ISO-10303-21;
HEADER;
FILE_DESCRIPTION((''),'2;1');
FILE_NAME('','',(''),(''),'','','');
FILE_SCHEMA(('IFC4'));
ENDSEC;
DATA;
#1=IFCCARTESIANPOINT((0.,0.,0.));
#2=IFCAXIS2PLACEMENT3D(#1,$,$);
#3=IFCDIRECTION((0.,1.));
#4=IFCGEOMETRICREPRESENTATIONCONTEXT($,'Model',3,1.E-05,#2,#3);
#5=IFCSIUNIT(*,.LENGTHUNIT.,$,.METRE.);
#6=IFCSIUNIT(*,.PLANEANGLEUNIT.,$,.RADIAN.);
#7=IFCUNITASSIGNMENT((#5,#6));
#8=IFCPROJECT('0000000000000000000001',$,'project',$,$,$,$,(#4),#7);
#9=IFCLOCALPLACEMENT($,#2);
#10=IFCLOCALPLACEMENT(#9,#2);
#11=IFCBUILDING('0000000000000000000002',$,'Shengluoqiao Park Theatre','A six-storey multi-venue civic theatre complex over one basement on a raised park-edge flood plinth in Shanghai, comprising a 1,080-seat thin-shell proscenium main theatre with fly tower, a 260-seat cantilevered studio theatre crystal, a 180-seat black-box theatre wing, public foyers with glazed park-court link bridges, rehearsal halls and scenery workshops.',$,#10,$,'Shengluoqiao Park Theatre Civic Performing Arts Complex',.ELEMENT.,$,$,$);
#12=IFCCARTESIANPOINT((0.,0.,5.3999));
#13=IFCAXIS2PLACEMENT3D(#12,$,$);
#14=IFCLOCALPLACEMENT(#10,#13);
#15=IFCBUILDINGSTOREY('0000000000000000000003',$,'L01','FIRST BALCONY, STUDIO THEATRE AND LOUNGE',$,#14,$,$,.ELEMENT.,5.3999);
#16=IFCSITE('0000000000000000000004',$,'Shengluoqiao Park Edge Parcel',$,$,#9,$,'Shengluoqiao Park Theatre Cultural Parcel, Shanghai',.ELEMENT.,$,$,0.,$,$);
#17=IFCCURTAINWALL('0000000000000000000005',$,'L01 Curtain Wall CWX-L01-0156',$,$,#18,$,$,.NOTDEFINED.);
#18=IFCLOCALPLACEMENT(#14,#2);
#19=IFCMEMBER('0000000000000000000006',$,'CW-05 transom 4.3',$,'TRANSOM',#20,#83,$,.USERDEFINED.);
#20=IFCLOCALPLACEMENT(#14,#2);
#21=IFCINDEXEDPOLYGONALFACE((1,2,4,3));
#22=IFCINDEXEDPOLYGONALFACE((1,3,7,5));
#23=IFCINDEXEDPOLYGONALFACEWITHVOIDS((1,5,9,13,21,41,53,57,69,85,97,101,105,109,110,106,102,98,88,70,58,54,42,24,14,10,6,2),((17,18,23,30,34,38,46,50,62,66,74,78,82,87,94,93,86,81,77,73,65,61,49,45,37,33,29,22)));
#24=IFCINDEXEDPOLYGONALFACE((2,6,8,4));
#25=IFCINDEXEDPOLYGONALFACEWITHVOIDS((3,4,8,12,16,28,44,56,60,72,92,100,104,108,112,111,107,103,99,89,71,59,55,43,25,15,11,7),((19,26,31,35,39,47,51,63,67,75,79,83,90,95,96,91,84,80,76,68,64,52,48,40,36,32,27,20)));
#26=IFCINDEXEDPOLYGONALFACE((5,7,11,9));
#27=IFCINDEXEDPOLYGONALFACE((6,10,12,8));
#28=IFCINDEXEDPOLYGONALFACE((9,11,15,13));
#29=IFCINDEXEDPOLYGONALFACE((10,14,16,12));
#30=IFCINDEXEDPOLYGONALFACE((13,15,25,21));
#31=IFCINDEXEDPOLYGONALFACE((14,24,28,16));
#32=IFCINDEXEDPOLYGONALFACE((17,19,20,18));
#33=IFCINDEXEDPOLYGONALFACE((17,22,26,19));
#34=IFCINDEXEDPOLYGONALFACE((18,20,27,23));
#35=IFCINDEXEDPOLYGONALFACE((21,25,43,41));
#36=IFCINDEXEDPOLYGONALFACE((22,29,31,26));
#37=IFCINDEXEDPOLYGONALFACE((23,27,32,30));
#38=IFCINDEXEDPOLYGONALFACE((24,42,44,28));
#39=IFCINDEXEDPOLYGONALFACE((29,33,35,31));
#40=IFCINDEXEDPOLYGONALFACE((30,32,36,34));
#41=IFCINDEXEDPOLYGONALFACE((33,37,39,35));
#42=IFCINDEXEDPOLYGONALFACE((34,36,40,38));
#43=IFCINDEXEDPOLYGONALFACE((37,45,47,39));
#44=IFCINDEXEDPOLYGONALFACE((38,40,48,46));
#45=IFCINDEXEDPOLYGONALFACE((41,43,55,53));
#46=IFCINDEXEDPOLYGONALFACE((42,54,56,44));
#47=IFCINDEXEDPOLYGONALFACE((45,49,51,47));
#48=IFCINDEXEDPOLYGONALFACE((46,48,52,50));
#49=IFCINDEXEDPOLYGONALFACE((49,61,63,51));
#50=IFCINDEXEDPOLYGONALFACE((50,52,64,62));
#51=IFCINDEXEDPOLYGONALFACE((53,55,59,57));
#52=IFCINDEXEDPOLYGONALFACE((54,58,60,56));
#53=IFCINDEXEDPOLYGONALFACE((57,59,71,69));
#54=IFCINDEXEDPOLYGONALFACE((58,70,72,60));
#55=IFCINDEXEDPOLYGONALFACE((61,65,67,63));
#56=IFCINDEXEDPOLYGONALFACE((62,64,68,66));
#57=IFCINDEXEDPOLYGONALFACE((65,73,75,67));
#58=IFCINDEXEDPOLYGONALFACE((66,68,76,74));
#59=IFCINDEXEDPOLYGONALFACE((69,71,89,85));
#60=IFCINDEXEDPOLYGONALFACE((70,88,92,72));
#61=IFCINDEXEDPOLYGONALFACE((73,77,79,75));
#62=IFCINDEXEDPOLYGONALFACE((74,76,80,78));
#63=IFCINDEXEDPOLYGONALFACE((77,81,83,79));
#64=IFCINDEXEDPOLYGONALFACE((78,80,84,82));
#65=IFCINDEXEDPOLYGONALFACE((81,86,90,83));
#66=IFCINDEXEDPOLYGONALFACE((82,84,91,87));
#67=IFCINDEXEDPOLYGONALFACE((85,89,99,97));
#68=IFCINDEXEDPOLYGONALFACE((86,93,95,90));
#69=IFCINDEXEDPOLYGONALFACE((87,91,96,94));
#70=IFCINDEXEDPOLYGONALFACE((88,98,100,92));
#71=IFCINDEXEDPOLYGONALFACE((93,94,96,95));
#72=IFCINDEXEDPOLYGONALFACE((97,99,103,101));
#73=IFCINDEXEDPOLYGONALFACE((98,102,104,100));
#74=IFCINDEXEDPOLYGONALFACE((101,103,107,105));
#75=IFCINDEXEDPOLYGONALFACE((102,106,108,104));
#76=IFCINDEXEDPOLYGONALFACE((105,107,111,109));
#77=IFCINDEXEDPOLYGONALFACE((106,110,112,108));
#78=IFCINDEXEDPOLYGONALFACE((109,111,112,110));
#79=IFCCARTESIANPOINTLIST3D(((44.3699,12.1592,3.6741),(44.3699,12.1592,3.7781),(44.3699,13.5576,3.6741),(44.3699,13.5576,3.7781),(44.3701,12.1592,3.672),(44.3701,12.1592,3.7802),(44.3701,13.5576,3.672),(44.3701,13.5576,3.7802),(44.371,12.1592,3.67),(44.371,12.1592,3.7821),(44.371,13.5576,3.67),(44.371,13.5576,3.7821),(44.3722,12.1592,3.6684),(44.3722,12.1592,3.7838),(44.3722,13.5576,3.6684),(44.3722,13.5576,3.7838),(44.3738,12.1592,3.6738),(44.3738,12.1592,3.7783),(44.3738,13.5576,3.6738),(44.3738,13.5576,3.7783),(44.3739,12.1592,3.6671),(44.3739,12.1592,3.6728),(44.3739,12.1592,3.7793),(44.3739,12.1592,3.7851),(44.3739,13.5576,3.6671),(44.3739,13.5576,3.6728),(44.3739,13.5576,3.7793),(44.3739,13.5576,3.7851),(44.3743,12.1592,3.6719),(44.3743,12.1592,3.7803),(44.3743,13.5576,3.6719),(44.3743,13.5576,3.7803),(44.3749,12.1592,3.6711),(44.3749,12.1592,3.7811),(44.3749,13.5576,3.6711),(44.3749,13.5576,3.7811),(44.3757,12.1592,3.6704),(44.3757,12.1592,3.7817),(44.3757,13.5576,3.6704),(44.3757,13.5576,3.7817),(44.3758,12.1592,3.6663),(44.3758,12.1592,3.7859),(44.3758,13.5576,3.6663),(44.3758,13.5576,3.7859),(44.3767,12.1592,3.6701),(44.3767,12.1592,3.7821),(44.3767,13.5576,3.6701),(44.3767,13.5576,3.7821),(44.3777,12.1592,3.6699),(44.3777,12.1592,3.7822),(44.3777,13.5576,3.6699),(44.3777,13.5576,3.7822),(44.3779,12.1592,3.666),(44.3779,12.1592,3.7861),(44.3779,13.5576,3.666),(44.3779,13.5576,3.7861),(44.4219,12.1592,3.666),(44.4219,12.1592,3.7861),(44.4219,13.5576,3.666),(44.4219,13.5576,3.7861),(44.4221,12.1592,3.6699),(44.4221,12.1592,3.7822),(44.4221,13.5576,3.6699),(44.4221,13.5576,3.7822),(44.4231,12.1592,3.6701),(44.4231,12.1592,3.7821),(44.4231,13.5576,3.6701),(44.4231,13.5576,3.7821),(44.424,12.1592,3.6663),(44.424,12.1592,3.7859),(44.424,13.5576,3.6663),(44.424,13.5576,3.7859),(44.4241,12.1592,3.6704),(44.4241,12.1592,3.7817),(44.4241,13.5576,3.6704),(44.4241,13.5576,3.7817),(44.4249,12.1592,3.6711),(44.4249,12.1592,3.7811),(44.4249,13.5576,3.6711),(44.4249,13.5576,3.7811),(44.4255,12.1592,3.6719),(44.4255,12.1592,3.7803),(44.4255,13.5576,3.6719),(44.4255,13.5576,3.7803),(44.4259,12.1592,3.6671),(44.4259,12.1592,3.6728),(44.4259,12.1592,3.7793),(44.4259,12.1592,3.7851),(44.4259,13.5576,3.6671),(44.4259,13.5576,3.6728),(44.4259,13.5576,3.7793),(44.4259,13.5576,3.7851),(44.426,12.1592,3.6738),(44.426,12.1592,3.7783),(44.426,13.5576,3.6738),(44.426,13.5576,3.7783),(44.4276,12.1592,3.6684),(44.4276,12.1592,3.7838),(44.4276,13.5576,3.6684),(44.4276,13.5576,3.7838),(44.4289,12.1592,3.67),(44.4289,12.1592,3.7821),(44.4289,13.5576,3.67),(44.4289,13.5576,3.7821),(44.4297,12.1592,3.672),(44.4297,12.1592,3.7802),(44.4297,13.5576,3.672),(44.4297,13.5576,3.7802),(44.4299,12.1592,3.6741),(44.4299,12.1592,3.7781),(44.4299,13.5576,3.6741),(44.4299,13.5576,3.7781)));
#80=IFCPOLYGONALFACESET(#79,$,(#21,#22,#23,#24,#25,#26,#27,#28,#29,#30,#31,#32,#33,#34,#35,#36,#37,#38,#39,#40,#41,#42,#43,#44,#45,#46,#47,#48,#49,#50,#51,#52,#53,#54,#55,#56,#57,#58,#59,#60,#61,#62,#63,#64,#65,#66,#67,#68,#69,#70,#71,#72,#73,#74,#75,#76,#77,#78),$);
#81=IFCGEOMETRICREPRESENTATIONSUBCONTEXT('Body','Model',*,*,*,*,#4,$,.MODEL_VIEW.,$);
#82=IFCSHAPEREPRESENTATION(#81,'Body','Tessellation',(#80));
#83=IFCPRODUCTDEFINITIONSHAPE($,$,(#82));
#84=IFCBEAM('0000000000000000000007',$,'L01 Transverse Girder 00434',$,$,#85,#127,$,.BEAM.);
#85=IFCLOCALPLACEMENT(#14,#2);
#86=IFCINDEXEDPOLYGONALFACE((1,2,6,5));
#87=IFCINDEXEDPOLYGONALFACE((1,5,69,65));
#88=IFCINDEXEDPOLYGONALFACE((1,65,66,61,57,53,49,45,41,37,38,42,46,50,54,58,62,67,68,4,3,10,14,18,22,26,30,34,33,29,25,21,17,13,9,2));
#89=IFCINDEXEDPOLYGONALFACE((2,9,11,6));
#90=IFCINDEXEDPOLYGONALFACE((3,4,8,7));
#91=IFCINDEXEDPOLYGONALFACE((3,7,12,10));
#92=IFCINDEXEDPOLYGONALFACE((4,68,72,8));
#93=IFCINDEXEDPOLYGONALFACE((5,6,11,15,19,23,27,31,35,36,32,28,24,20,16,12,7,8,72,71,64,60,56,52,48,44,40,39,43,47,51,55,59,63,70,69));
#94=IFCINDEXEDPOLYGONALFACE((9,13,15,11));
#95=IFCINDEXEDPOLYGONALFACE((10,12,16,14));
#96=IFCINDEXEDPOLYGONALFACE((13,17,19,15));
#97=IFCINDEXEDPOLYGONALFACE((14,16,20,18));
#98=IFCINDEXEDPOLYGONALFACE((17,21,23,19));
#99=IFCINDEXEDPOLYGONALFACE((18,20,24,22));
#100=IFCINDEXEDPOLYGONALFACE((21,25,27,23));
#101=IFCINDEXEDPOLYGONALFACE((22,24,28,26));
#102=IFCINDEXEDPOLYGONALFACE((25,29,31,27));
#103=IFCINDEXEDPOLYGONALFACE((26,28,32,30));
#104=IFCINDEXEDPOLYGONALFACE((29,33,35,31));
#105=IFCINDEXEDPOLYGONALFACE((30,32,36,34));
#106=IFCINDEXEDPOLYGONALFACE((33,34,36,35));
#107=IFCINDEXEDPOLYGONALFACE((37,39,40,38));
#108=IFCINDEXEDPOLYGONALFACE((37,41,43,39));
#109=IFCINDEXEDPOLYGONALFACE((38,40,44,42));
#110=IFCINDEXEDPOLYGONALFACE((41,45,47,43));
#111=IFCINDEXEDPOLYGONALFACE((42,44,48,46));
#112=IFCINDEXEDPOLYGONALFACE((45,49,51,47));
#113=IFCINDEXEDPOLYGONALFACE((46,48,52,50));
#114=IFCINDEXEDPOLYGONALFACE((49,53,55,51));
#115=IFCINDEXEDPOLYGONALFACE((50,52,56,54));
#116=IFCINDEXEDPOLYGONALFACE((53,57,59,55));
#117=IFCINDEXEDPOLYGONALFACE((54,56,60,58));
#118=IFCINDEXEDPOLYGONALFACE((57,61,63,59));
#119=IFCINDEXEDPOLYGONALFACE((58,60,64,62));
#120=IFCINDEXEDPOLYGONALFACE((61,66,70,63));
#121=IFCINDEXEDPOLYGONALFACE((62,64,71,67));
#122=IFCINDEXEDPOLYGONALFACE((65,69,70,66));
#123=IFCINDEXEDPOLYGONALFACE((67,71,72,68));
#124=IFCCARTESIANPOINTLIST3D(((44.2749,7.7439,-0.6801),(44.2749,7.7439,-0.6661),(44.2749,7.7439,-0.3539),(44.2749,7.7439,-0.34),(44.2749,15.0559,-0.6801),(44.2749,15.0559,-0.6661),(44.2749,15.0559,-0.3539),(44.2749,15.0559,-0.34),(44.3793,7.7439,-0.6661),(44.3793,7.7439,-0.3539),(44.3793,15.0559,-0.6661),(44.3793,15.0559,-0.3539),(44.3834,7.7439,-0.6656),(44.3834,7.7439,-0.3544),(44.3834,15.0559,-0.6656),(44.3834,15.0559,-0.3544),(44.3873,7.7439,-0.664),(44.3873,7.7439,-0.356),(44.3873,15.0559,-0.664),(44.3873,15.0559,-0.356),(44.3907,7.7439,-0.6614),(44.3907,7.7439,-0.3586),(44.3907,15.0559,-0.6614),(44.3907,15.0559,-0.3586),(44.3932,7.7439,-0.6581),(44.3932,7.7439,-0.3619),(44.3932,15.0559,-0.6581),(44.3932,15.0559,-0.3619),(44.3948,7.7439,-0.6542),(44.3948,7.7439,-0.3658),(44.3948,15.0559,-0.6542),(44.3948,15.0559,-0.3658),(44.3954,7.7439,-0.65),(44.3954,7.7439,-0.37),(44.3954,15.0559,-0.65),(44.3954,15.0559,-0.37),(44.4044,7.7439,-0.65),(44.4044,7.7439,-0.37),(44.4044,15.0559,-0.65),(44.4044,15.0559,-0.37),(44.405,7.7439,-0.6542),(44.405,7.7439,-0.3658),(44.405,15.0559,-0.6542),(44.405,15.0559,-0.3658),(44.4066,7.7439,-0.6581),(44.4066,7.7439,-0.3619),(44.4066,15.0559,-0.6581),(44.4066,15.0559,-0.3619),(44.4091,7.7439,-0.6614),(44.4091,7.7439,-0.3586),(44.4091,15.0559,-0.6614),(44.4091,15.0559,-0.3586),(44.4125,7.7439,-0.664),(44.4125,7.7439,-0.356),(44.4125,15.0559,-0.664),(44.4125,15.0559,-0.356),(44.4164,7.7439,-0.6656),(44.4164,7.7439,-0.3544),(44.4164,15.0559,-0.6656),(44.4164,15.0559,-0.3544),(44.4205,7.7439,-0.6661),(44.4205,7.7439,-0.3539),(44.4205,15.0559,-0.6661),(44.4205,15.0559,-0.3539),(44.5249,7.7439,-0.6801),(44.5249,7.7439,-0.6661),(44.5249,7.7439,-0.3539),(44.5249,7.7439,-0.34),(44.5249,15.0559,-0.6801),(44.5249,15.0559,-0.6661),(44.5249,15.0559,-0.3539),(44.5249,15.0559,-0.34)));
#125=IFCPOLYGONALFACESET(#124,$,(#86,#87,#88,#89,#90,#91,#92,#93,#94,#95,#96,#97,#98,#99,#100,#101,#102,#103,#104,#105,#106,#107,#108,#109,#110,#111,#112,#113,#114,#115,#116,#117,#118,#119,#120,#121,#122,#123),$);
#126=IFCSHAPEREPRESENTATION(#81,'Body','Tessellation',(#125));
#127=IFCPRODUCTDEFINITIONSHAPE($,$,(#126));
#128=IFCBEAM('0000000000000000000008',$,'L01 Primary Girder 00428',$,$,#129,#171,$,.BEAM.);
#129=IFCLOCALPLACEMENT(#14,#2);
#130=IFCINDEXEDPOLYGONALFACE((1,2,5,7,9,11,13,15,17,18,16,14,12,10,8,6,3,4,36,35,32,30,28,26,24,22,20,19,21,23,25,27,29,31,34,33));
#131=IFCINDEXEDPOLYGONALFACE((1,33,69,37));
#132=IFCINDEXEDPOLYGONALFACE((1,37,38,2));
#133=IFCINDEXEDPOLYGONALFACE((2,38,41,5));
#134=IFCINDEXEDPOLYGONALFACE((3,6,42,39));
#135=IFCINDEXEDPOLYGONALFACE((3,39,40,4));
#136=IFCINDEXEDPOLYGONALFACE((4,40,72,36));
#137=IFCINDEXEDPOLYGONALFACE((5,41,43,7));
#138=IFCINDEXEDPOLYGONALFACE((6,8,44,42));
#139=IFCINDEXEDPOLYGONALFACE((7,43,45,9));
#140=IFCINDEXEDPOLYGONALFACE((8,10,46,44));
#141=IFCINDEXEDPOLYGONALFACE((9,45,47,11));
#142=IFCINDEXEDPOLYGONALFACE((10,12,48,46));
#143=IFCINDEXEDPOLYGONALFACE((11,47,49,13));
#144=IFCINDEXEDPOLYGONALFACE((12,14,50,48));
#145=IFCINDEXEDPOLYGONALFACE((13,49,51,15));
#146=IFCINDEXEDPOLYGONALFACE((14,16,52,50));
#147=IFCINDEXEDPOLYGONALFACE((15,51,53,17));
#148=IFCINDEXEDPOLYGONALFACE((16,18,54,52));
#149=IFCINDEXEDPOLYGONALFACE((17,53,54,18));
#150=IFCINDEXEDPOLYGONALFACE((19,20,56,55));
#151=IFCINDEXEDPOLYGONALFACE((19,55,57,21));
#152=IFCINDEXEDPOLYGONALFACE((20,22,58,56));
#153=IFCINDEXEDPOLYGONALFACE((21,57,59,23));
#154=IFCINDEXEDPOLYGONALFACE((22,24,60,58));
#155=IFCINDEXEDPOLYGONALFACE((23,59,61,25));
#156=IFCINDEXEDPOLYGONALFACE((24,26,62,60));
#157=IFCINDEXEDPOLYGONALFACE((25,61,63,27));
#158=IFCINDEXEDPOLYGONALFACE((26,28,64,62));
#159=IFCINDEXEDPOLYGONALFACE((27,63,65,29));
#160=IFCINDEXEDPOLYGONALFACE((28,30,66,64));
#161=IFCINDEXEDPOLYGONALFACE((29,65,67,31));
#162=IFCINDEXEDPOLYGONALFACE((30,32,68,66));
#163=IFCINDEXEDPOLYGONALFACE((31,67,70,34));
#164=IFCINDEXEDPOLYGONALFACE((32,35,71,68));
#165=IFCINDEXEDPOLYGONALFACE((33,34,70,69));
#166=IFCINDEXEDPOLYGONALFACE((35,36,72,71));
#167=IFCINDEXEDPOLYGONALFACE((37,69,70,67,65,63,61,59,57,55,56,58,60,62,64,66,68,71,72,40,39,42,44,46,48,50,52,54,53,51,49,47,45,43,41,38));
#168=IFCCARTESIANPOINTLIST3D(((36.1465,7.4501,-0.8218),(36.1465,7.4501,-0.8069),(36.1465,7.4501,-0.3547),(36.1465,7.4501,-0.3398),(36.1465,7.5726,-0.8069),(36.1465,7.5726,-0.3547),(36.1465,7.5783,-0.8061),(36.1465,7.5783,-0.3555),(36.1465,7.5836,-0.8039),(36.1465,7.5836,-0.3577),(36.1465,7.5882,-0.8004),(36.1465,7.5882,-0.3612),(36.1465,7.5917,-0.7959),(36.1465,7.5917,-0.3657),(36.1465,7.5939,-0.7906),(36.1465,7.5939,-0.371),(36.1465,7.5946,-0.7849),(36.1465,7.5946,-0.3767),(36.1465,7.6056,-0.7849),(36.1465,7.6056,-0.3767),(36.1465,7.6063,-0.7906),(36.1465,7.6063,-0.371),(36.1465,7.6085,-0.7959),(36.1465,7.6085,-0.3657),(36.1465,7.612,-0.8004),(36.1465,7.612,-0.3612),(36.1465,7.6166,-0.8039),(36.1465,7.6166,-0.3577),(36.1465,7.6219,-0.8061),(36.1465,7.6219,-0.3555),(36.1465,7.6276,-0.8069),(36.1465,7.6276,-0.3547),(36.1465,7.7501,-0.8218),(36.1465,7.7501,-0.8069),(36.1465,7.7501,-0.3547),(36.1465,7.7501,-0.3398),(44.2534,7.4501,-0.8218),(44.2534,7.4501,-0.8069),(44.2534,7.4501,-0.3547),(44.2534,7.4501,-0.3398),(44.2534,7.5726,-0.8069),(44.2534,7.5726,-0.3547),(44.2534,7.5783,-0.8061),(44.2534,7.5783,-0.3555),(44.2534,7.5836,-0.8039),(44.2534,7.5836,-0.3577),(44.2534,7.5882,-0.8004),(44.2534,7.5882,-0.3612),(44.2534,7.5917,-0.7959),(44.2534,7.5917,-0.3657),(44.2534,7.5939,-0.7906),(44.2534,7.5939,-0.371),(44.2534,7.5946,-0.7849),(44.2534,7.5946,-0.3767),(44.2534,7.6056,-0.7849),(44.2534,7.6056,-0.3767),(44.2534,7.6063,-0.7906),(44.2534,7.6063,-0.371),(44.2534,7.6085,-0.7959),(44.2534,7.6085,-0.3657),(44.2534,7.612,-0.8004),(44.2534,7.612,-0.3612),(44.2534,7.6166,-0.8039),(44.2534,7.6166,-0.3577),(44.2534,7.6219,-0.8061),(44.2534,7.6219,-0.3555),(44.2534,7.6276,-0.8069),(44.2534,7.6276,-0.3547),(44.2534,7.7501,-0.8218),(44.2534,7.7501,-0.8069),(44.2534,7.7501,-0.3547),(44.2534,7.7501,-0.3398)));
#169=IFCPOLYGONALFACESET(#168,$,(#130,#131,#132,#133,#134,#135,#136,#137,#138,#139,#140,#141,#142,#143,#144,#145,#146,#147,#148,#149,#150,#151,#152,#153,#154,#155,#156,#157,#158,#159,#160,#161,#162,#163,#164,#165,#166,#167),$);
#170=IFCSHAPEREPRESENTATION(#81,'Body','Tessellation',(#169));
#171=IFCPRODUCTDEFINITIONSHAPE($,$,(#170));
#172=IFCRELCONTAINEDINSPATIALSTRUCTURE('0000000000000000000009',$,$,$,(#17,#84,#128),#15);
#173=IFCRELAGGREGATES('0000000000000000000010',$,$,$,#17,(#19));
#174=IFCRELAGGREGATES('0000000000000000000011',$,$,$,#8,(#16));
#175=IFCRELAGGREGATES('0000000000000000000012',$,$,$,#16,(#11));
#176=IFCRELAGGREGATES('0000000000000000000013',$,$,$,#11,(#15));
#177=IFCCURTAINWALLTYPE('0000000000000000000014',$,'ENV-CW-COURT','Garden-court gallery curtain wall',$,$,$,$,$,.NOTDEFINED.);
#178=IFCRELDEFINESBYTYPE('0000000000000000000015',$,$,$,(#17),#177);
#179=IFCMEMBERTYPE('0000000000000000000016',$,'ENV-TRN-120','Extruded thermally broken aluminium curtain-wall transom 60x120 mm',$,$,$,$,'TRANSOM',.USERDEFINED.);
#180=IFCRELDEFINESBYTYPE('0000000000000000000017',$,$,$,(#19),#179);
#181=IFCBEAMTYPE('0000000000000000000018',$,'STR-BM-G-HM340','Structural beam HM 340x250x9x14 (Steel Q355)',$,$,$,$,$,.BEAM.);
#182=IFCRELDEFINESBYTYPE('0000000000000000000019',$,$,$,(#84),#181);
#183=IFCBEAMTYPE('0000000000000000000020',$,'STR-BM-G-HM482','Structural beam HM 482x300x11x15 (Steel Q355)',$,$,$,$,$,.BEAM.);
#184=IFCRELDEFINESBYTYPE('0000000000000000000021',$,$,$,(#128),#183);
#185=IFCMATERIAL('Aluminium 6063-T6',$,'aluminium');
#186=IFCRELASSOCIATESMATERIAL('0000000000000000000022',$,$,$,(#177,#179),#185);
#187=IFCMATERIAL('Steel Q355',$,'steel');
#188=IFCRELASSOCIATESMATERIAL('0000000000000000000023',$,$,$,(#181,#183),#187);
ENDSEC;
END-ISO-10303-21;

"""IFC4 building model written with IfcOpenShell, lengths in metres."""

from ifc_helpers import new_model, si_unit, direction, frame, origin, origin_2d, place, context, subcontext, project, spatial, hollow_rectangle, i_section, extrude, material, material_profile, profile_set, type_object, element, aggregate, save


model = new_model("IFC4")

# Units and contexts
model_context = context("Model", 3, precision=1e-05, world=origin(), true_north=direction((0.0, 1.0)))
body_context = subcontext(model_context, "Body", "Model", "MODEL_VIEW")
ifc_project = project(units=[si_unit("LENGTHUNIT", "METRE"), si_unit("PLANEANGLEUNIT", "RADIAN")], contexts=[model_context])

# Site, building, storey
site_placement = place(None, origin())
site = spatial("IfcSite", under=ifc_project, at=site_placement, Name="Shengluoqiao Park Edge Parcel", LongName="Shengluoqiao Park Theatre Cultural Parcel, Shanghai", CompositionType="ELEMENT", RefElevation=0.0)
building_placement = place(site_placement, origin())
building = spatial("IfcBuilding", under=site, at=building_placement, Name="Shengluoqiao Park Theatre", Description="A six-storey multi-venue civic theatre complex over one basement on a raised park-edge flood plinth in Shanghai, comprising a 1,080-seat thin-shell proscenium main theatre with fly tower, a 260-seat cantilevered studio theatre crystal, a 180-seat black-box theatre wing, public foyers with glazed park-court link bridges, rehearsal halls and scenery workshops.", LongName="Shengluoqiao Park Theatre Civic Performing Arts Complex", CompositionType="ELEMENT")
storey_placement = place(building_placement, frame((0.0, 0.0, 5.3999)))
storey = spatial("IfcBuildingStorey", under=building, at=storey_placement, Name="L01", Description="FIRST BALCONY, STUDIO THEATRE AND LOUNGE", CompositionType="ELEMENT", Elevation=5.3999)

# Shared definitions
ifc_material_1 = material(Name="Steel Q355", Category="steel")

# Curtain wall, member
ifc_material_2 = material(Name="Aluminium 6063-T6", Category="aluminium")
curtain_wall_type = type_object("IfcCurtainWallType", Name="ENV-CW-COURT", Description="Garden-court gallery curtain wall", PredefinedType="NOTDEFINED", material=ifc_material_2)
curtain_wall_placement = place(storey_placement, origin())
curtain_wall = element("IfcCurtainWall", 1, at=curtain_wall_placement, inside=storey, type_object=curtain_wall_type, Name="L01 Curtain Wall CWX-L01-0156", PredefinedType="NOTDEFINED")
ifc_material_profile_1 = material_profile(ifc_material_2, hollow_rectangle(XDim=0.0601, YDim=0.1201, WallThickness=0.0039, InnerFilletRadius=0.0039, OuterFilletRadius=0.0081, at=origin_2d()), Name="ALU TRANSOM 120x60x4")
ifc_profile_set_1 = profile_set([ifc_material_profile_1], Name="Aluminium 6063-T6")
member_type_1 = type_object("IfcMemberType", Name="ENV-TRN-120", Description="Extruded thermally broken aluminium curtain-wall transom 60x120 mm", ElementType="TRANSOM", PredefinedType="USERDEFINED", material=ifc_profile_set_1)
member_1_placement = place(storey_placement, frame((44.3999, 12.1592, 3.7261), z_axis=(0.0, 1.0, 0.0), x_axis=(-1.0, 0.0, 0.0)))
member_1 = element("IfcMember", 2, at=member_1_placement, type_object=member_type_1, Name="CW-05 transom 4.3", ObjectType="TRANSOM", PredefinedType="USERDEFINED", context=body_context, shape_type="SweptSolid", body=[
    extrude(hollow_rectangle(XDim=0.0601, YDim=0.1201, WallThickness=0.0039, InnerFilletRadius=0.0039, OuterFilletRadius=0.0081, at=origin_2d()), origin(), (0.0, 0.0, 1.0), 1.3984),
])

# Beams
ifc_material_profile_2 = material_profile(ifc_material_1, i_section(OverallWidth=0.25, OverallDepth=0.3401, WebThickness=0.009, FlangeThickness=0.0139, FilletRadius=0.0161, at=origin_2d()), Name="HM 340x250x9x14")
ifc_profile_set_2 = profile_set([ifc_material_profile_2], Name="Steel Q355")
beam_type_1 = type_object("IfcBeamType", Name="STR-BM-G-HM340", Description="Structural beam HM 340x250x9x14 (Steel Q355)", PredefinedType="BEAM", material=ifc_profile_set_2)
beam_1_placement = place(storey_placement, frame((44.3999, 7.7439, -0.51), z_axis=(0.0, 1.0, 0.0), x_axis=(-1.0, 0.0, 0.0)))
element("IfcBeam", 3, at=beam_1_placement, inside=storey, type_object=beam_type_1, Name="L01 Transverse Girder 00434", PredefinedType="BEAM", context=body_context, shape_type="SweptSolid", body=[
    extrude(i_section(OverallWidth=0.25, OverallDepth=0.3401, WebThickness=0.009, FlangeThickness=0.0139, FilletRadius=0.0161, at=origin_2d()), origin(), (0.0, 0.0, 1.0), 7.312),
])
ifc_material_profile_3 = material_profile(ifc_material_1, i_section(OverallWidth=0.3, OverallDepth=0.4819, WebThickness=0.011, FlangeThickness=0.0149, FilletRadius=0.022, at=origin_2d()), Name="HM 482x300x11x15")
ifc_profile_set_3 = profile_set([ifc_material_profile_3], Name="Steel Q355")
beam_type_2 = type_object("IfcBeamType", Name="STR-BM-G-HM482", Description="Structural beam HM 482x300x11x15 (Steel Q355)", PredefinedType="BEAM", material=ifc_profile_set_3)
beam_2_placement = place(storey_placement, frame((36.1465, 7.6001, -0.5808), z_axis=(1.0, 0.0, 0.0), x_axis=(0.0, 1.0, 0.0)))
element("IfcBeam", 4, at=beam_2_placement, inside=storey, type_object=beam_type_2, Name="L01 Primary Girder 00428", PredefinedType="BEAM", context=body_context, shape_type="SweptSolid", body=[
    extrude(i_section(OverallWidth=0.3, OverallDepth=0.4819, WebThickness=0.011, FlangeThickness=0.0149, FilletRadius=0.022, at=origin_2d()), origin(), (0.0, 0.0, 1.0), 8.1069),
])

aggregate(curtain_wall, [member_1])

save(model, "model.ifc")
